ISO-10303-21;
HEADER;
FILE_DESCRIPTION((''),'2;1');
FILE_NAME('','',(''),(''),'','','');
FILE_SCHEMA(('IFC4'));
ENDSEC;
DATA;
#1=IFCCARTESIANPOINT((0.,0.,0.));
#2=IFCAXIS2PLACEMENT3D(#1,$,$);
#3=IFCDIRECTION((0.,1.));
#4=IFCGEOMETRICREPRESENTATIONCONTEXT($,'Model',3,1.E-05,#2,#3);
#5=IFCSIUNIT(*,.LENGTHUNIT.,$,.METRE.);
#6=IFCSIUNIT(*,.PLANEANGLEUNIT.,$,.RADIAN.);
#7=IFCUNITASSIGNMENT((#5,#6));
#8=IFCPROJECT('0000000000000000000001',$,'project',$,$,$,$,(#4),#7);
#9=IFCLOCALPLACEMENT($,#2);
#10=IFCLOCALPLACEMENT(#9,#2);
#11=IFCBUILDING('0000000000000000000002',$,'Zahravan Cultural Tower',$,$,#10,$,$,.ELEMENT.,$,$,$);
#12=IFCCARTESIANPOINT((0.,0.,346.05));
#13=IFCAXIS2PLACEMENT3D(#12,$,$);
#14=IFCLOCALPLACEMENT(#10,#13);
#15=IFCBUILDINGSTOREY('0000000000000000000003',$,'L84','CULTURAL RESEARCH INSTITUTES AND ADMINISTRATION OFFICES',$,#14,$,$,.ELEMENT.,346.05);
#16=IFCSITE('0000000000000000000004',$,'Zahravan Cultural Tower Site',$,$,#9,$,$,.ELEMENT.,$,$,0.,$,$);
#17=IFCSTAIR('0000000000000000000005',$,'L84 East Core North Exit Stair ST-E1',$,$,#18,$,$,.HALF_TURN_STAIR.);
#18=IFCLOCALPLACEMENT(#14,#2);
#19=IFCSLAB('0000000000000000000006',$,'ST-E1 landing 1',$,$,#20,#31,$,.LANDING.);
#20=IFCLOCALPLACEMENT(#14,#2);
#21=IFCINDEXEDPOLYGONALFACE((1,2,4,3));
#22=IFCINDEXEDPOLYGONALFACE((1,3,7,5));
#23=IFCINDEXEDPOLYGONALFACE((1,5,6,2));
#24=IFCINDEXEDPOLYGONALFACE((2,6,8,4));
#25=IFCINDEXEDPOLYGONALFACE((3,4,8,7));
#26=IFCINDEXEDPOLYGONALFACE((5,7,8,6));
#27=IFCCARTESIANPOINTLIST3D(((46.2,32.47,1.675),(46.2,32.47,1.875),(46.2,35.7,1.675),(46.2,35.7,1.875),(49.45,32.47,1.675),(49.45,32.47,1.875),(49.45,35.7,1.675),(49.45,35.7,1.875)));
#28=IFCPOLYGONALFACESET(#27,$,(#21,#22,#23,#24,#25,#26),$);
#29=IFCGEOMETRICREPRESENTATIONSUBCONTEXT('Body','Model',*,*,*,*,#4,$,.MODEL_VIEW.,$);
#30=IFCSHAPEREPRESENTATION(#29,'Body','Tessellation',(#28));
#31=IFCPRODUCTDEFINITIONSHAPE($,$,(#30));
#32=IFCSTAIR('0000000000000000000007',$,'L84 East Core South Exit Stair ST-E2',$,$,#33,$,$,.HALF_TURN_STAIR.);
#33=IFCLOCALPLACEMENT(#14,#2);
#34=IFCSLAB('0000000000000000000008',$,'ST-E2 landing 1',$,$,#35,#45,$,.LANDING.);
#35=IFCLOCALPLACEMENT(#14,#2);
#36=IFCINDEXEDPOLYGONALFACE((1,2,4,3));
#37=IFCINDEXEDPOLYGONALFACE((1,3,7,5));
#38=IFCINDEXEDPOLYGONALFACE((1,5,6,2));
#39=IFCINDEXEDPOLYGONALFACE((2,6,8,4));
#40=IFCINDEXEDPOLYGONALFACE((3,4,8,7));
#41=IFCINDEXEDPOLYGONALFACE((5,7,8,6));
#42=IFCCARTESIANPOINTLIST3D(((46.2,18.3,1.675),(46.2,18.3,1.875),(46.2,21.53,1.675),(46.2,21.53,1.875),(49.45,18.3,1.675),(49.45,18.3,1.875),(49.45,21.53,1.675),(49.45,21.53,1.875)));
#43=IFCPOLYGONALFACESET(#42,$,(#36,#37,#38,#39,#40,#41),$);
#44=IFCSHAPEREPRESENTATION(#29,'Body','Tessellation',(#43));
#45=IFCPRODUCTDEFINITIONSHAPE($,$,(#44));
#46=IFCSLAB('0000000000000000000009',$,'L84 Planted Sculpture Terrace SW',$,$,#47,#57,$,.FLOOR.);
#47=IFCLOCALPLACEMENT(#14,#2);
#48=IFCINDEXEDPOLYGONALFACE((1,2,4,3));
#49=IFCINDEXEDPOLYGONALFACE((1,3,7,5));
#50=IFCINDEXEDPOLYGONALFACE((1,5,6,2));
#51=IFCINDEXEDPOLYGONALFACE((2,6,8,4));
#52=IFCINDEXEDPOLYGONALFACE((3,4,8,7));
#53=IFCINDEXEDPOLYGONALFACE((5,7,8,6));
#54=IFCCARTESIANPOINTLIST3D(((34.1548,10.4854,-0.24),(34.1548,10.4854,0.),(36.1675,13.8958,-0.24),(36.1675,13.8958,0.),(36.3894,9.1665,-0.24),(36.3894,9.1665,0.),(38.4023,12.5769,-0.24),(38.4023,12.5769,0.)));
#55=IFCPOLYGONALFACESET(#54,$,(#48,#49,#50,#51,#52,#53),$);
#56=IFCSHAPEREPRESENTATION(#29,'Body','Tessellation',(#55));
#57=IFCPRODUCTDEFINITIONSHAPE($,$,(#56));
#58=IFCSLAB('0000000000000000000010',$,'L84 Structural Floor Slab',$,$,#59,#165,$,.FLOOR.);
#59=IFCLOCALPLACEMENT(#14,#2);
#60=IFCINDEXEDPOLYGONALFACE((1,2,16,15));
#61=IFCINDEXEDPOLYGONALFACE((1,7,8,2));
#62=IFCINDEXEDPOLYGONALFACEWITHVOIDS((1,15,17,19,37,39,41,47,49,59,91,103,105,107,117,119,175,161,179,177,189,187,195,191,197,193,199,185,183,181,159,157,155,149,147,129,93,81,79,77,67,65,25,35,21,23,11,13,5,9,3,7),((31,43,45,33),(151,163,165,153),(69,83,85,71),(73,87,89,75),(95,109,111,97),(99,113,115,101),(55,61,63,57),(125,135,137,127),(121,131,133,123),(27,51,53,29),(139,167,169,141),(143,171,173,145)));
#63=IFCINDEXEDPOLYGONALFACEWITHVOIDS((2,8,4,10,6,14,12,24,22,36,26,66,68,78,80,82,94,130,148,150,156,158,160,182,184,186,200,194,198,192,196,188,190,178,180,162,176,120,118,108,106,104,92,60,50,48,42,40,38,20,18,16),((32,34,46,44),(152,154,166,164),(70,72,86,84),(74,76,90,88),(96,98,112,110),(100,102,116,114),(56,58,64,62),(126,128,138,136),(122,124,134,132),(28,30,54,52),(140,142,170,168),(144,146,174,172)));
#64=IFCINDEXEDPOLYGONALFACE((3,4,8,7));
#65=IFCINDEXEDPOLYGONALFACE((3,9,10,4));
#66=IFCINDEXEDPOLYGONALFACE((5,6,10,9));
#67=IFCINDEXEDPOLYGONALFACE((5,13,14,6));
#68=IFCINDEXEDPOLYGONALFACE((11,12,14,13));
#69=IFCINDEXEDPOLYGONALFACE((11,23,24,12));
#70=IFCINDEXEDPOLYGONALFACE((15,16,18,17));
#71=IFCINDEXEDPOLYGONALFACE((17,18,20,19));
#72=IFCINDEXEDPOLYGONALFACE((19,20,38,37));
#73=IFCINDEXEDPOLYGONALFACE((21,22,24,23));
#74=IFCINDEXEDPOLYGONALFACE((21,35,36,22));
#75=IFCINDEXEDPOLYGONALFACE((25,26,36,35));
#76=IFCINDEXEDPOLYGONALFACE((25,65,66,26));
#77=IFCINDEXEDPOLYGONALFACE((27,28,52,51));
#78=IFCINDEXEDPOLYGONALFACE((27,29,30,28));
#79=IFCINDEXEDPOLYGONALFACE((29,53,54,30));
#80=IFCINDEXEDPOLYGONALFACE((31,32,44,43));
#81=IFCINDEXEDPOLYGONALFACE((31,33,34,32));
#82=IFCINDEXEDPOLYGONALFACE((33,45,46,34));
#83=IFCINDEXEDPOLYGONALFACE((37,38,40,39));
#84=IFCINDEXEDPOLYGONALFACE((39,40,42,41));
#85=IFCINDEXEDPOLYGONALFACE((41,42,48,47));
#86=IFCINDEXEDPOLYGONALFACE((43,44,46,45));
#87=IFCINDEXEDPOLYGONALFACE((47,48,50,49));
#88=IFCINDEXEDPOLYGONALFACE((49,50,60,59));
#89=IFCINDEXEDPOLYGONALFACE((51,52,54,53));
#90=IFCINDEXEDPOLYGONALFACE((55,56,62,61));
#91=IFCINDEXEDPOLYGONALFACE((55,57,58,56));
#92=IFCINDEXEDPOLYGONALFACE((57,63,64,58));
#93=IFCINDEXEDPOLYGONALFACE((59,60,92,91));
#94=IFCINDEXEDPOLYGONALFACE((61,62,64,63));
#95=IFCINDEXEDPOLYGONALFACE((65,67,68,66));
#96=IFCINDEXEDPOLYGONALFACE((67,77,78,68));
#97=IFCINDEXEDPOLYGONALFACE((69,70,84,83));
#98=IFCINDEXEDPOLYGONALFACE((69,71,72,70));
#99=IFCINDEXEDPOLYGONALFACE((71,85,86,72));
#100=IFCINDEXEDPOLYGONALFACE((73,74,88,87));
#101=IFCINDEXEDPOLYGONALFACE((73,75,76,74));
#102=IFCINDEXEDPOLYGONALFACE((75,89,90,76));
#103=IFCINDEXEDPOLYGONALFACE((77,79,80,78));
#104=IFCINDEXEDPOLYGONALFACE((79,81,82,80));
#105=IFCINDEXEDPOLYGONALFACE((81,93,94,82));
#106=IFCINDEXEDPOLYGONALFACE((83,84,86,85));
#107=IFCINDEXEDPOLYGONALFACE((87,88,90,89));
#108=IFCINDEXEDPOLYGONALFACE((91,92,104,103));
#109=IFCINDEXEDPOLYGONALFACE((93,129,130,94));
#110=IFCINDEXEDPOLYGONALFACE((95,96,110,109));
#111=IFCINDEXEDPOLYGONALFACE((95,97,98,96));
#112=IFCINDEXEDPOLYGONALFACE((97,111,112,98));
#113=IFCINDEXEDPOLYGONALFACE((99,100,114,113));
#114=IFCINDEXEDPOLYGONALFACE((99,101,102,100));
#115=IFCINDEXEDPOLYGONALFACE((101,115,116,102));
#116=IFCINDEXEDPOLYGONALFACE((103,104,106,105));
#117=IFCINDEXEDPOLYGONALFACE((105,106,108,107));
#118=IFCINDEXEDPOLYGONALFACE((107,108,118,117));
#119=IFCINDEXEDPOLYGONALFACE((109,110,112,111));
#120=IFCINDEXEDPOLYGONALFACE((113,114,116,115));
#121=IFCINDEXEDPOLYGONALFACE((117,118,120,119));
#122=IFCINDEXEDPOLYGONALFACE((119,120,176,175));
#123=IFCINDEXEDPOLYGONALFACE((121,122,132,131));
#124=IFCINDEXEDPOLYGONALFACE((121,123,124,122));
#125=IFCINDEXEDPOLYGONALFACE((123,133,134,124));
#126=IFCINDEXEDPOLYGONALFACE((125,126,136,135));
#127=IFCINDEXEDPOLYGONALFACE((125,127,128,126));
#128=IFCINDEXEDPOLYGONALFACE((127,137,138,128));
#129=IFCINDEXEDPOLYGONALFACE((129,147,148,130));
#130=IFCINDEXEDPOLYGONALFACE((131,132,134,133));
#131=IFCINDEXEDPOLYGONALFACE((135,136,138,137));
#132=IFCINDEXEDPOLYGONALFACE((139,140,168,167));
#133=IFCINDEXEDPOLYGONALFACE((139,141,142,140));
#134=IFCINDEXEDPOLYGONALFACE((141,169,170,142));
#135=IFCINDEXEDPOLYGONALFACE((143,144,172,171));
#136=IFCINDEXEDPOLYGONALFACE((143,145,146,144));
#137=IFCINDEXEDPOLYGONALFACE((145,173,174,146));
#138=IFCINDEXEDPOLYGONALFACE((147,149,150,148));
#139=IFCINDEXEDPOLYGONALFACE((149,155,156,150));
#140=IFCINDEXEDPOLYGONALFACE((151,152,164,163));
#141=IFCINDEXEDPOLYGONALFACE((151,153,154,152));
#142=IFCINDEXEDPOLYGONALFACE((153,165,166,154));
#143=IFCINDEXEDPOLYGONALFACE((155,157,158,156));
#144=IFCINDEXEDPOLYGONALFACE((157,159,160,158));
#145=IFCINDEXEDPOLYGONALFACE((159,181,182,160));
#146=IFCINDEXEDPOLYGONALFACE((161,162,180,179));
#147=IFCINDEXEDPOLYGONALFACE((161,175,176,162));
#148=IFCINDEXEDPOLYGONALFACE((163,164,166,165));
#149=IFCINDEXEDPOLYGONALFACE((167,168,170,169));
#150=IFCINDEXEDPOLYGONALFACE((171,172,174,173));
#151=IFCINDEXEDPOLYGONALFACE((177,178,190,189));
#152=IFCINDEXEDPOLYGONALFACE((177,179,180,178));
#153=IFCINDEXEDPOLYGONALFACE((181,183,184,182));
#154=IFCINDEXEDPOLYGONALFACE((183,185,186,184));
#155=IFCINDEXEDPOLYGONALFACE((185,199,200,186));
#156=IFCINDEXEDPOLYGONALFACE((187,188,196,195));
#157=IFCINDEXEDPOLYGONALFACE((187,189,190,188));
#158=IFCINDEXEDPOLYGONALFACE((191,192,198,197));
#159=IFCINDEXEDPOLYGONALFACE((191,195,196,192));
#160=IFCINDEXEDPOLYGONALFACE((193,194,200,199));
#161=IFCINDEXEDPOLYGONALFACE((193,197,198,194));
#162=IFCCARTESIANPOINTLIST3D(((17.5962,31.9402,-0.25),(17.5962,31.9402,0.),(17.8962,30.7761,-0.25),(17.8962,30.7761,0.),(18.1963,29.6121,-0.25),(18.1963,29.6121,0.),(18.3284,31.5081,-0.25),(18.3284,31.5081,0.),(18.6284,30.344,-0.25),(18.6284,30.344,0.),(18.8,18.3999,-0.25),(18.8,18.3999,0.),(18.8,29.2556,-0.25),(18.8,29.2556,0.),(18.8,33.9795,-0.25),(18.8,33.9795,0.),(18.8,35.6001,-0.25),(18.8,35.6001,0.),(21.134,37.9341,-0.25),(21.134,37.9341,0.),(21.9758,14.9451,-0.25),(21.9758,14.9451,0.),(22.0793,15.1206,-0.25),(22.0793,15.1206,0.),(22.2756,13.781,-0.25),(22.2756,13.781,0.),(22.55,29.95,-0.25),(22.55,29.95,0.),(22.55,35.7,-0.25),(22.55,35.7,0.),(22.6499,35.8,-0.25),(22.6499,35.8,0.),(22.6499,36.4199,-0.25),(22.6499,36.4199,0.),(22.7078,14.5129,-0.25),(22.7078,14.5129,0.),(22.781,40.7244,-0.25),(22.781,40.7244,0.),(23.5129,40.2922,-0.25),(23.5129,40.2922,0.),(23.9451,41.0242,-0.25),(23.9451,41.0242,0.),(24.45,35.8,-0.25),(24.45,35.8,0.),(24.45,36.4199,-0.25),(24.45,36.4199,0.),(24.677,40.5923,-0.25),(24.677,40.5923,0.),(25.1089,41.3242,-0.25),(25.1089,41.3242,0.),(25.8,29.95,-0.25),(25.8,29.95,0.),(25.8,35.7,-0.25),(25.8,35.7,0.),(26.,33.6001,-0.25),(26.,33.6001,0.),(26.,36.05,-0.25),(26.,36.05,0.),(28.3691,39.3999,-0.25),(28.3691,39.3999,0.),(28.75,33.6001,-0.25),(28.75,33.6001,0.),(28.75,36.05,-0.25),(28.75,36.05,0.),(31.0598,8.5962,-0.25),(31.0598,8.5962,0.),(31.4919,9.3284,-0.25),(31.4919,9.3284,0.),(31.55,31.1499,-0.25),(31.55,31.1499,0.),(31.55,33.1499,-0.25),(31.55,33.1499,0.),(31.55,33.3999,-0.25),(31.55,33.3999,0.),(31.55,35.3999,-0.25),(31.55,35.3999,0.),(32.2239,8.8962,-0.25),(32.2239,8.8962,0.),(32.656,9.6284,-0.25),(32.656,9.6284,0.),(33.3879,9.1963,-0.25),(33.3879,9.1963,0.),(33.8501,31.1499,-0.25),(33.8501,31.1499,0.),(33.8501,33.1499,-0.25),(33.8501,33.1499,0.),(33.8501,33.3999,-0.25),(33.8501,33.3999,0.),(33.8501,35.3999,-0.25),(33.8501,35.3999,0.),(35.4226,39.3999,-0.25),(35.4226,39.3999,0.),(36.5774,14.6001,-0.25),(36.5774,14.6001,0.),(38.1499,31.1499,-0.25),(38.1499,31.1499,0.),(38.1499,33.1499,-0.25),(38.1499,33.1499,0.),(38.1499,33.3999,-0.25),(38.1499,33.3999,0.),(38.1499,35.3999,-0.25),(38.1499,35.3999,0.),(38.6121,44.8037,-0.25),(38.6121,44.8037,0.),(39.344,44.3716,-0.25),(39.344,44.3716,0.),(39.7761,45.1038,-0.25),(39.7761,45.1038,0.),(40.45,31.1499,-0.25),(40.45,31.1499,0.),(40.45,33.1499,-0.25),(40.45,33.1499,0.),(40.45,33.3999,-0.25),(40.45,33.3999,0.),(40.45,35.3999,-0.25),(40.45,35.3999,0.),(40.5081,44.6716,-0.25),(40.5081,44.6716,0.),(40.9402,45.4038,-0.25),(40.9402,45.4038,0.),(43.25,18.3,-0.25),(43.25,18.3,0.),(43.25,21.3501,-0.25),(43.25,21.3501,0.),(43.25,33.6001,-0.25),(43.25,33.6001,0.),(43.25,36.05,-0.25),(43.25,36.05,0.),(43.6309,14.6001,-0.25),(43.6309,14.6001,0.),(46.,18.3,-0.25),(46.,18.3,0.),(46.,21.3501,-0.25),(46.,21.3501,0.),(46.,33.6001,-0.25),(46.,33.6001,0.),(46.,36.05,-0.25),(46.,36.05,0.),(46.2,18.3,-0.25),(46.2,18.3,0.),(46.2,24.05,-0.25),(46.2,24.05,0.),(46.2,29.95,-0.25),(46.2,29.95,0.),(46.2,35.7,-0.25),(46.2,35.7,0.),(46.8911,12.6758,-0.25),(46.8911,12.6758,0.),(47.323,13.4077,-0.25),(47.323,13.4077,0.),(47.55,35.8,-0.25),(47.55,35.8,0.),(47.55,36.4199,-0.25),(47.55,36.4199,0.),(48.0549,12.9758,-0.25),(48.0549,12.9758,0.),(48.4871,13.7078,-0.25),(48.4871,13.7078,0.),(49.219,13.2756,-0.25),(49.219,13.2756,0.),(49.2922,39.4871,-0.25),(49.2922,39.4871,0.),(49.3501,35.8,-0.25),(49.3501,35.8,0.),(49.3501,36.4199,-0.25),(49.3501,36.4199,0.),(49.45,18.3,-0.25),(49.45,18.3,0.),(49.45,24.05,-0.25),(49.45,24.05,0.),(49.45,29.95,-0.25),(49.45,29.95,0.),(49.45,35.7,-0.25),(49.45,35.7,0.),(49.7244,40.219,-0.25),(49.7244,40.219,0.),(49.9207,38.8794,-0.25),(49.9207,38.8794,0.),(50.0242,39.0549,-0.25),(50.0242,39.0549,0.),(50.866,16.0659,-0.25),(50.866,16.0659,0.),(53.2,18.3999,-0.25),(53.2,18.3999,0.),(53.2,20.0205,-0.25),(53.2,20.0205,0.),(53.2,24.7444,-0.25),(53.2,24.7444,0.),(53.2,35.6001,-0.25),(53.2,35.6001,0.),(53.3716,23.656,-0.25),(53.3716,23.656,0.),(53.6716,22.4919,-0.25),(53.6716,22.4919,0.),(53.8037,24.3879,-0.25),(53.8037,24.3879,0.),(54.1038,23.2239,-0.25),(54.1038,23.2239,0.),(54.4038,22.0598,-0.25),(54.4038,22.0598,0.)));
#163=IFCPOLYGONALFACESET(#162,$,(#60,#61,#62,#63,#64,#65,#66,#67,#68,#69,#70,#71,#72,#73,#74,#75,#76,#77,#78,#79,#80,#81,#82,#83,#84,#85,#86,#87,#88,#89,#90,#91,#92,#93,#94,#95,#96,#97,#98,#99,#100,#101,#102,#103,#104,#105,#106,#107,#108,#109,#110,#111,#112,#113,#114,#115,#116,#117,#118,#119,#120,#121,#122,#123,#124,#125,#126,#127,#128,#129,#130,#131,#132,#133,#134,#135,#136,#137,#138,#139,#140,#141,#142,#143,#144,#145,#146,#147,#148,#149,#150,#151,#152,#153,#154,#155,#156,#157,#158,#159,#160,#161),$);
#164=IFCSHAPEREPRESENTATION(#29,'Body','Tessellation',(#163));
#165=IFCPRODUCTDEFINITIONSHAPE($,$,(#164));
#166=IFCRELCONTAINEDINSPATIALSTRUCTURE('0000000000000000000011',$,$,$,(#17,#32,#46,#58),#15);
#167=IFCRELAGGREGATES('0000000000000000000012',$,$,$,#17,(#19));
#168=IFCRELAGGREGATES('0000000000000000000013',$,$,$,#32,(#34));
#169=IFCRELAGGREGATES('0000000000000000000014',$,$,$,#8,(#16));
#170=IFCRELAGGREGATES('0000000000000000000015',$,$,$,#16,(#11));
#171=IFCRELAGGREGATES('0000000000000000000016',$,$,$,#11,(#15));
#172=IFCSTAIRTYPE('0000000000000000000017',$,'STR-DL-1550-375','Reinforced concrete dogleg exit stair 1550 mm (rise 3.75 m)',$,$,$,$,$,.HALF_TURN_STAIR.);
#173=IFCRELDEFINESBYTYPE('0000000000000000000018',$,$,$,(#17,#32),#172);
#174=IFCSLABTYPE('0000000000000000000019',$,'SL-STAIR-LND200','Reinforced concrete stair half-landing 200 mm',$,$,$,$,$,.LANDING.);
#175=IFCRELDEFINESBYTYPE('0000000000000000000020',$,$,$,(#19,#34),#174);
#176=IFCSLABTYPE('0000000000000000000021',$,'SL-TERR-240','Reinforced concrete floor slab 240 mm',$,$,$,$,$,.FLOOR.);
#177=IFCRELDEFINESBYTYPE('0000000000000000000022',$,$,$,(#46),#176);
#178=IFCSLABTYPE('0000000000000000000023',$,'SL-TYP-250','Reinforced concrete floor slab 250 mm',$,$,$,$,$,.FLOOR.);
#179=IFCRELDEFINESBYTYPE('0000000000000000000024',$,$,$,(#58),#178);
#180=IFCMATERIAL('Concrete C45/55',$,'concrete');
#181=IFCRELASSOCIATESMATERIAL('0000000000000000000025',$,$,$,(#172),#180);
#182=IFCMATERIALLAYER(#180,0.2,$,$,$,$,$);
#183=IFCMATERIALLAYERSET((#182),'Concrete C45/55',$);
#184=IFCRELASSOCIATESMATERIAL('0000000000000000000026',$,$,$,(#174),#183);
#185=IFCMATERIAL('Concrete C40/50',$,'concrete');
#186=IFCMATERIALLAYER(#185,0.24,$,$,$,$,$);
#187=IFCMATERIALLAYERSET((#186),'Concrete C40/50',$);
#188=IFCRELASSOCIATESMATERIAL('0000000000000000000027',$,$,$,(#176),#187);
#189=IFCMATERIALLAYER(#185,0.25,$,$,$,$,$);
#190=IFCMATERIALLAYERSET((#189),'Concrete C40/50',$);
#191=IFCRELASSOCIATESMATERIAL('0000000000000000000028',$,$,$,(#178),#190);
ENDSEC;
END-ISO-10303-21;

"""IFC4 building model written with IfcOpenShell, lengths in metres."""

from ifc_helpers import new_model, si_unit, direction, frame, origin, place, context, subcontext, project, spatial, polyline, outline, extrude, material, layer, layer_set, type_object, element, aggregate, save


model = new_model("IFC4")

# Units and contexts
model_context = context("Model", 3, precision=1e-05, world=origin(), true_north=direction((0.0, 1.0)))
body_context = subcontext(model_context, "Body", "Model", "MODEL_VIEW")
ifc_project = project(units=[si_unit("LENGTHUNIT", "METRE"), si_unit("PLANEANGLEUNIT", "RADIAN")], contexts=[model_context])

# Site, building, storey
site_placement = place(None, origin())
site = spatial("IfcSite", under=ifc_project, at=site_placement, Name="Zahravan Cultural Tower Site", CompositionType="ELEMENT", RefElevation=0.0)
building_placement = place(site_placement, origin())
building = spatial("IfcBuilding", under=site, at=building_placement, Name="Zahravan Cultural Tower", CompositionType="ELEMENT")
storey_placement = place(building_placement, frame((0.0, 0.0, 346.05)))
storey = spatial("IfcBuildingStorey", under=building, at=storey_placement, Name="L84", Description="CULTURAL RESEARCH INSTITUTES AND ADMINISTRATION OFFICES", CompositionType="ELEMENT", Elevation=346.05)

# Stairs, slabs
ifc_material_1 = material(Name="Concrete C45/55", Category="concrete")
stair_type = type_object("IfcStairType", Name="STR-DL-1550-375", Description="Reinforced concrete dogleg exit stair 1550 mm (rise 3.75 m)", PredefinedType="HALF_TURN_STAIR", material=ifc_material_1)
ifc_layer_1 = layer(ifc_material_1, 0.2)
ifc_layer_set_1 = layer_set([ifc_layer_1], Name="Concrete C45/55")
slab_type_1 = type_object("IfcSlabType", Name="SL-STAIR-LND200", Description="Reinforced concrete stair half-landing 200 mm", PredefinedType="LANDING", material=ifc_layer_set_1)
stair_1_placement = place(storey_placement, origin())
stair_1 = element("IfcStair", 1, at=stair_1_placement, inside=storey, type_object=stair_type, Name="L84 East Core North Exit Stair ST-E1", PredefinedType="HALF_TURN_STAIR")
slab_1_placement = place(storey_placement, frame((0.0, 0.0, 1.675)))
slab_1 = element("IfcSlab", 2, at=slab_1_placement, type_object=slab_type_1, Name="ST-E1 landing 1", PredefinedType="LANDING", context=body_context, shape_type="SweptSolid", body=[
    extrude(outline(polyline([(49.45, 32.47), (49.45, 35.7), (46.2, 35.7), (46.2, 32.47), (49.45, 32.47)])), origin(), (0.0, 0.0, 1.0), 0.2),
])
aggregate(stair_1, [slab_1])
stair_2_placement = place(storey_placement, origin())
stair_2 = element("IfcStair", 3, at=stair_2_placement, inside=storey, type_object=stair_type, Name="L84 East Core South Exit Stair ST-E2", PredefinedType="HALF_TURN_STAIR")
slab_2_placement = place(storey_placement, frame((0.0, 0.0, 1.675)))
slab_2 = element("IfcSlab", 4, at=slab_2_placement, type_object=slab_type_1, Name="ST-E2 landing 1", PredefinedType="LANDING", context=body_context, shape_type="SweptSolid", body=[
    extrude(outline(polyline([(46.2, 21.53), (46.2, 18.3), (49.45, 18.3), (49.45, 21.53), (46.2, 21.53)])), origin(), (0.0, 0.0, 1.0), 0.2),
])
aggregate(stair_2, [slab_2])

# Slabs
ifc_material_2 = material(Name="Concrete C40/50", Category="concrete")
ifc_layer_2 = layer(ifc_material_2, 0.24)
ifc_layer_set_2 = layer_set([ifc_layer_2], Name="Concrete C40/50")
slab_type_2 = type_object("IfcSlabType", Name="SL-TERR-240", Description="Reinforced concrete floor slab 240 mm", PredefinedType="FLOOR", material=ifc_layer_set_2)
slab_3_placement = place(storey_placement, frame((0.0, 0.0, -0.24)))
element("IfcSlab", 5, at=slab_3_placement, inside=storey, type_object=slab_type_2, Name="L84 Planted Sculpture Terrace SW", PredefinedType="FLOOR", context=body_context, shape_type="SweptSolid", body=[
    extrude(outline(polyline([(38.4023, 12.5769), (36.1675, 13.8958), (34.1548, 10.4854), (36.3894, 9.1665), (38.4023, 12.5769)])), origin(), (0.0, 0.0, 1.0), 0.24),
])
ifc_layer_3 = layer(ifc_material_2, 0.25)
ifc_layer_set_3 = layer_set([ifc_layer_3], Name="Concrete C40/50")
slab_type_3 = type_object("IfcSlabType", Name="SL-TYP-250", Description="Reinforced concrete floor slab 250 mm", PredefinedType="FLOOR", material=ifc_layer_set_3)
slab_4_placement = place(storey_placement, frame((0.0, 0.0, -0.25)))
element("IfcSlab", 6, at=slab_4_placement, inside=storey, type_object=slab_type_3, Name="L84 Structural Floor Slab", PredefinedType="FLOOR", context=body_context, shape_type="SweptSolid", body=[
    extrude(outline(polyline([(35.4226, 39.3999), (28.3691, 39.3999), (25.1089, 41.3242), (24.677, 40.5923), (23.9451, 41.0242), (23.5129, 40.2922), (22.781, 40.7244), (21.134, 37.9341), (18.8, 35.6001), (18.8, 33.9795), (17.5962, 31.9402), (18.3284, 31.5081), (17.8962, 30.7761), (18.6284, 30.344), (18.1963, 29.6121), (18.8, 29.2556), (18.8, 18.3999), (22.0793, 15.1206), (21.9758, 14.9451), (22.7078, 14.5129), (22.2756, 13.781), (31.0598, 8.5962), (31.4919, 9.3284), (32.2239, 8.8962), (32.656, 9.6284), (33.3879, 9.1963), (36.5774, 14.6001), (43.6309, 14.6001), (46.8911, 12.6758), (47.323, 13.4077), (48.0549, 12.9758), (48.4871, 13.7078), (49.219, 13.2756), (50.866, 16.0659), (53.2, 18.3999), (53.2, 20.0205), (54.4038, 22.0598), (53.6716, 22.4919), (54.1038, 23.2239), (53.3716, 23.656), (53.8037, 24.3879), (53.2, 24.7444), (53.2, 35.6001), (49.9207, 38.8794), (50.0242, 39.0549), (49.2922, 39.4871), (49.7244, 40.219), (40.9402, 45.4038), (40.5081, 44.6716), (39.7761, 45.1038), (39.344, 44.3716), (38.6121, 44.8037), (35.4226, 39.3999)]), holes=[polyline([(22.55, 29.95), (22.55, 35.7), (25.8, 35.7), (25.8, 29.95), (22.55, 29.95)]), polyline([(46.2, 29.95), (46.2, 35.7), (49.45, 35.7), (49.45, 29.95), (46.2, 29.95)]), polyline([(46.2, 18.3), (46.2, 24.05), (49.45, 24.05), (49.45, 18.3), (46.2, 18.3)]), polyline([(26.0, 33.6001), (26.0, 36.05), (28.75, 36.05), (28.75, 33.6001), (26.0, 33.6001)]), polyline([(43.25, 33.6001), (43.25, 36.05), (46.0, 36.05), (46.0, 33.6001), (43.25, 33.6001)]), polyline([(43.25, 18.3), (43.25, 21.3501), (46.0, 21.3501), (46.0, 18.3), (43.25, 18.3)]), polyline([(31.55, 33.3999), (31.55, 35.3999), (33.8501, 35.3999), (33.8501, 33.3999), (31.55, 33.3999)]), polyline([(31.55, 31.1499), (31.55, 33.1499), (33.8501, 33.1499), (33.8501, 31.1499), (31.55, 31.1499)]), polyline([(38.1499, 33.3999), (38.1499, 35.3999), (40.45, 35.3999), (40.45, 33.3999), (38.1499, 33.3999)]), polyline([(38.1499, 31.1499), (38.1499, 33.1499), (40.45, 33.1499), (40.45, 31.1499), (38.1499, 31.1499)]), polyline([(22.6499, 35.8), (22.6499, 36.4199), (24.45, 36.4199), (24.45, 35.8), (22.6499, 35.8)]), polyline([(47.55, 35.8), (47.55, 36.4199), (49.3501, 36.4199), (49.3501, 35.8), (47.55, 35.8)])]), origin(), (0.0, 0.0, 1.0), 0.25),
])

save(model, "model.ifc")
